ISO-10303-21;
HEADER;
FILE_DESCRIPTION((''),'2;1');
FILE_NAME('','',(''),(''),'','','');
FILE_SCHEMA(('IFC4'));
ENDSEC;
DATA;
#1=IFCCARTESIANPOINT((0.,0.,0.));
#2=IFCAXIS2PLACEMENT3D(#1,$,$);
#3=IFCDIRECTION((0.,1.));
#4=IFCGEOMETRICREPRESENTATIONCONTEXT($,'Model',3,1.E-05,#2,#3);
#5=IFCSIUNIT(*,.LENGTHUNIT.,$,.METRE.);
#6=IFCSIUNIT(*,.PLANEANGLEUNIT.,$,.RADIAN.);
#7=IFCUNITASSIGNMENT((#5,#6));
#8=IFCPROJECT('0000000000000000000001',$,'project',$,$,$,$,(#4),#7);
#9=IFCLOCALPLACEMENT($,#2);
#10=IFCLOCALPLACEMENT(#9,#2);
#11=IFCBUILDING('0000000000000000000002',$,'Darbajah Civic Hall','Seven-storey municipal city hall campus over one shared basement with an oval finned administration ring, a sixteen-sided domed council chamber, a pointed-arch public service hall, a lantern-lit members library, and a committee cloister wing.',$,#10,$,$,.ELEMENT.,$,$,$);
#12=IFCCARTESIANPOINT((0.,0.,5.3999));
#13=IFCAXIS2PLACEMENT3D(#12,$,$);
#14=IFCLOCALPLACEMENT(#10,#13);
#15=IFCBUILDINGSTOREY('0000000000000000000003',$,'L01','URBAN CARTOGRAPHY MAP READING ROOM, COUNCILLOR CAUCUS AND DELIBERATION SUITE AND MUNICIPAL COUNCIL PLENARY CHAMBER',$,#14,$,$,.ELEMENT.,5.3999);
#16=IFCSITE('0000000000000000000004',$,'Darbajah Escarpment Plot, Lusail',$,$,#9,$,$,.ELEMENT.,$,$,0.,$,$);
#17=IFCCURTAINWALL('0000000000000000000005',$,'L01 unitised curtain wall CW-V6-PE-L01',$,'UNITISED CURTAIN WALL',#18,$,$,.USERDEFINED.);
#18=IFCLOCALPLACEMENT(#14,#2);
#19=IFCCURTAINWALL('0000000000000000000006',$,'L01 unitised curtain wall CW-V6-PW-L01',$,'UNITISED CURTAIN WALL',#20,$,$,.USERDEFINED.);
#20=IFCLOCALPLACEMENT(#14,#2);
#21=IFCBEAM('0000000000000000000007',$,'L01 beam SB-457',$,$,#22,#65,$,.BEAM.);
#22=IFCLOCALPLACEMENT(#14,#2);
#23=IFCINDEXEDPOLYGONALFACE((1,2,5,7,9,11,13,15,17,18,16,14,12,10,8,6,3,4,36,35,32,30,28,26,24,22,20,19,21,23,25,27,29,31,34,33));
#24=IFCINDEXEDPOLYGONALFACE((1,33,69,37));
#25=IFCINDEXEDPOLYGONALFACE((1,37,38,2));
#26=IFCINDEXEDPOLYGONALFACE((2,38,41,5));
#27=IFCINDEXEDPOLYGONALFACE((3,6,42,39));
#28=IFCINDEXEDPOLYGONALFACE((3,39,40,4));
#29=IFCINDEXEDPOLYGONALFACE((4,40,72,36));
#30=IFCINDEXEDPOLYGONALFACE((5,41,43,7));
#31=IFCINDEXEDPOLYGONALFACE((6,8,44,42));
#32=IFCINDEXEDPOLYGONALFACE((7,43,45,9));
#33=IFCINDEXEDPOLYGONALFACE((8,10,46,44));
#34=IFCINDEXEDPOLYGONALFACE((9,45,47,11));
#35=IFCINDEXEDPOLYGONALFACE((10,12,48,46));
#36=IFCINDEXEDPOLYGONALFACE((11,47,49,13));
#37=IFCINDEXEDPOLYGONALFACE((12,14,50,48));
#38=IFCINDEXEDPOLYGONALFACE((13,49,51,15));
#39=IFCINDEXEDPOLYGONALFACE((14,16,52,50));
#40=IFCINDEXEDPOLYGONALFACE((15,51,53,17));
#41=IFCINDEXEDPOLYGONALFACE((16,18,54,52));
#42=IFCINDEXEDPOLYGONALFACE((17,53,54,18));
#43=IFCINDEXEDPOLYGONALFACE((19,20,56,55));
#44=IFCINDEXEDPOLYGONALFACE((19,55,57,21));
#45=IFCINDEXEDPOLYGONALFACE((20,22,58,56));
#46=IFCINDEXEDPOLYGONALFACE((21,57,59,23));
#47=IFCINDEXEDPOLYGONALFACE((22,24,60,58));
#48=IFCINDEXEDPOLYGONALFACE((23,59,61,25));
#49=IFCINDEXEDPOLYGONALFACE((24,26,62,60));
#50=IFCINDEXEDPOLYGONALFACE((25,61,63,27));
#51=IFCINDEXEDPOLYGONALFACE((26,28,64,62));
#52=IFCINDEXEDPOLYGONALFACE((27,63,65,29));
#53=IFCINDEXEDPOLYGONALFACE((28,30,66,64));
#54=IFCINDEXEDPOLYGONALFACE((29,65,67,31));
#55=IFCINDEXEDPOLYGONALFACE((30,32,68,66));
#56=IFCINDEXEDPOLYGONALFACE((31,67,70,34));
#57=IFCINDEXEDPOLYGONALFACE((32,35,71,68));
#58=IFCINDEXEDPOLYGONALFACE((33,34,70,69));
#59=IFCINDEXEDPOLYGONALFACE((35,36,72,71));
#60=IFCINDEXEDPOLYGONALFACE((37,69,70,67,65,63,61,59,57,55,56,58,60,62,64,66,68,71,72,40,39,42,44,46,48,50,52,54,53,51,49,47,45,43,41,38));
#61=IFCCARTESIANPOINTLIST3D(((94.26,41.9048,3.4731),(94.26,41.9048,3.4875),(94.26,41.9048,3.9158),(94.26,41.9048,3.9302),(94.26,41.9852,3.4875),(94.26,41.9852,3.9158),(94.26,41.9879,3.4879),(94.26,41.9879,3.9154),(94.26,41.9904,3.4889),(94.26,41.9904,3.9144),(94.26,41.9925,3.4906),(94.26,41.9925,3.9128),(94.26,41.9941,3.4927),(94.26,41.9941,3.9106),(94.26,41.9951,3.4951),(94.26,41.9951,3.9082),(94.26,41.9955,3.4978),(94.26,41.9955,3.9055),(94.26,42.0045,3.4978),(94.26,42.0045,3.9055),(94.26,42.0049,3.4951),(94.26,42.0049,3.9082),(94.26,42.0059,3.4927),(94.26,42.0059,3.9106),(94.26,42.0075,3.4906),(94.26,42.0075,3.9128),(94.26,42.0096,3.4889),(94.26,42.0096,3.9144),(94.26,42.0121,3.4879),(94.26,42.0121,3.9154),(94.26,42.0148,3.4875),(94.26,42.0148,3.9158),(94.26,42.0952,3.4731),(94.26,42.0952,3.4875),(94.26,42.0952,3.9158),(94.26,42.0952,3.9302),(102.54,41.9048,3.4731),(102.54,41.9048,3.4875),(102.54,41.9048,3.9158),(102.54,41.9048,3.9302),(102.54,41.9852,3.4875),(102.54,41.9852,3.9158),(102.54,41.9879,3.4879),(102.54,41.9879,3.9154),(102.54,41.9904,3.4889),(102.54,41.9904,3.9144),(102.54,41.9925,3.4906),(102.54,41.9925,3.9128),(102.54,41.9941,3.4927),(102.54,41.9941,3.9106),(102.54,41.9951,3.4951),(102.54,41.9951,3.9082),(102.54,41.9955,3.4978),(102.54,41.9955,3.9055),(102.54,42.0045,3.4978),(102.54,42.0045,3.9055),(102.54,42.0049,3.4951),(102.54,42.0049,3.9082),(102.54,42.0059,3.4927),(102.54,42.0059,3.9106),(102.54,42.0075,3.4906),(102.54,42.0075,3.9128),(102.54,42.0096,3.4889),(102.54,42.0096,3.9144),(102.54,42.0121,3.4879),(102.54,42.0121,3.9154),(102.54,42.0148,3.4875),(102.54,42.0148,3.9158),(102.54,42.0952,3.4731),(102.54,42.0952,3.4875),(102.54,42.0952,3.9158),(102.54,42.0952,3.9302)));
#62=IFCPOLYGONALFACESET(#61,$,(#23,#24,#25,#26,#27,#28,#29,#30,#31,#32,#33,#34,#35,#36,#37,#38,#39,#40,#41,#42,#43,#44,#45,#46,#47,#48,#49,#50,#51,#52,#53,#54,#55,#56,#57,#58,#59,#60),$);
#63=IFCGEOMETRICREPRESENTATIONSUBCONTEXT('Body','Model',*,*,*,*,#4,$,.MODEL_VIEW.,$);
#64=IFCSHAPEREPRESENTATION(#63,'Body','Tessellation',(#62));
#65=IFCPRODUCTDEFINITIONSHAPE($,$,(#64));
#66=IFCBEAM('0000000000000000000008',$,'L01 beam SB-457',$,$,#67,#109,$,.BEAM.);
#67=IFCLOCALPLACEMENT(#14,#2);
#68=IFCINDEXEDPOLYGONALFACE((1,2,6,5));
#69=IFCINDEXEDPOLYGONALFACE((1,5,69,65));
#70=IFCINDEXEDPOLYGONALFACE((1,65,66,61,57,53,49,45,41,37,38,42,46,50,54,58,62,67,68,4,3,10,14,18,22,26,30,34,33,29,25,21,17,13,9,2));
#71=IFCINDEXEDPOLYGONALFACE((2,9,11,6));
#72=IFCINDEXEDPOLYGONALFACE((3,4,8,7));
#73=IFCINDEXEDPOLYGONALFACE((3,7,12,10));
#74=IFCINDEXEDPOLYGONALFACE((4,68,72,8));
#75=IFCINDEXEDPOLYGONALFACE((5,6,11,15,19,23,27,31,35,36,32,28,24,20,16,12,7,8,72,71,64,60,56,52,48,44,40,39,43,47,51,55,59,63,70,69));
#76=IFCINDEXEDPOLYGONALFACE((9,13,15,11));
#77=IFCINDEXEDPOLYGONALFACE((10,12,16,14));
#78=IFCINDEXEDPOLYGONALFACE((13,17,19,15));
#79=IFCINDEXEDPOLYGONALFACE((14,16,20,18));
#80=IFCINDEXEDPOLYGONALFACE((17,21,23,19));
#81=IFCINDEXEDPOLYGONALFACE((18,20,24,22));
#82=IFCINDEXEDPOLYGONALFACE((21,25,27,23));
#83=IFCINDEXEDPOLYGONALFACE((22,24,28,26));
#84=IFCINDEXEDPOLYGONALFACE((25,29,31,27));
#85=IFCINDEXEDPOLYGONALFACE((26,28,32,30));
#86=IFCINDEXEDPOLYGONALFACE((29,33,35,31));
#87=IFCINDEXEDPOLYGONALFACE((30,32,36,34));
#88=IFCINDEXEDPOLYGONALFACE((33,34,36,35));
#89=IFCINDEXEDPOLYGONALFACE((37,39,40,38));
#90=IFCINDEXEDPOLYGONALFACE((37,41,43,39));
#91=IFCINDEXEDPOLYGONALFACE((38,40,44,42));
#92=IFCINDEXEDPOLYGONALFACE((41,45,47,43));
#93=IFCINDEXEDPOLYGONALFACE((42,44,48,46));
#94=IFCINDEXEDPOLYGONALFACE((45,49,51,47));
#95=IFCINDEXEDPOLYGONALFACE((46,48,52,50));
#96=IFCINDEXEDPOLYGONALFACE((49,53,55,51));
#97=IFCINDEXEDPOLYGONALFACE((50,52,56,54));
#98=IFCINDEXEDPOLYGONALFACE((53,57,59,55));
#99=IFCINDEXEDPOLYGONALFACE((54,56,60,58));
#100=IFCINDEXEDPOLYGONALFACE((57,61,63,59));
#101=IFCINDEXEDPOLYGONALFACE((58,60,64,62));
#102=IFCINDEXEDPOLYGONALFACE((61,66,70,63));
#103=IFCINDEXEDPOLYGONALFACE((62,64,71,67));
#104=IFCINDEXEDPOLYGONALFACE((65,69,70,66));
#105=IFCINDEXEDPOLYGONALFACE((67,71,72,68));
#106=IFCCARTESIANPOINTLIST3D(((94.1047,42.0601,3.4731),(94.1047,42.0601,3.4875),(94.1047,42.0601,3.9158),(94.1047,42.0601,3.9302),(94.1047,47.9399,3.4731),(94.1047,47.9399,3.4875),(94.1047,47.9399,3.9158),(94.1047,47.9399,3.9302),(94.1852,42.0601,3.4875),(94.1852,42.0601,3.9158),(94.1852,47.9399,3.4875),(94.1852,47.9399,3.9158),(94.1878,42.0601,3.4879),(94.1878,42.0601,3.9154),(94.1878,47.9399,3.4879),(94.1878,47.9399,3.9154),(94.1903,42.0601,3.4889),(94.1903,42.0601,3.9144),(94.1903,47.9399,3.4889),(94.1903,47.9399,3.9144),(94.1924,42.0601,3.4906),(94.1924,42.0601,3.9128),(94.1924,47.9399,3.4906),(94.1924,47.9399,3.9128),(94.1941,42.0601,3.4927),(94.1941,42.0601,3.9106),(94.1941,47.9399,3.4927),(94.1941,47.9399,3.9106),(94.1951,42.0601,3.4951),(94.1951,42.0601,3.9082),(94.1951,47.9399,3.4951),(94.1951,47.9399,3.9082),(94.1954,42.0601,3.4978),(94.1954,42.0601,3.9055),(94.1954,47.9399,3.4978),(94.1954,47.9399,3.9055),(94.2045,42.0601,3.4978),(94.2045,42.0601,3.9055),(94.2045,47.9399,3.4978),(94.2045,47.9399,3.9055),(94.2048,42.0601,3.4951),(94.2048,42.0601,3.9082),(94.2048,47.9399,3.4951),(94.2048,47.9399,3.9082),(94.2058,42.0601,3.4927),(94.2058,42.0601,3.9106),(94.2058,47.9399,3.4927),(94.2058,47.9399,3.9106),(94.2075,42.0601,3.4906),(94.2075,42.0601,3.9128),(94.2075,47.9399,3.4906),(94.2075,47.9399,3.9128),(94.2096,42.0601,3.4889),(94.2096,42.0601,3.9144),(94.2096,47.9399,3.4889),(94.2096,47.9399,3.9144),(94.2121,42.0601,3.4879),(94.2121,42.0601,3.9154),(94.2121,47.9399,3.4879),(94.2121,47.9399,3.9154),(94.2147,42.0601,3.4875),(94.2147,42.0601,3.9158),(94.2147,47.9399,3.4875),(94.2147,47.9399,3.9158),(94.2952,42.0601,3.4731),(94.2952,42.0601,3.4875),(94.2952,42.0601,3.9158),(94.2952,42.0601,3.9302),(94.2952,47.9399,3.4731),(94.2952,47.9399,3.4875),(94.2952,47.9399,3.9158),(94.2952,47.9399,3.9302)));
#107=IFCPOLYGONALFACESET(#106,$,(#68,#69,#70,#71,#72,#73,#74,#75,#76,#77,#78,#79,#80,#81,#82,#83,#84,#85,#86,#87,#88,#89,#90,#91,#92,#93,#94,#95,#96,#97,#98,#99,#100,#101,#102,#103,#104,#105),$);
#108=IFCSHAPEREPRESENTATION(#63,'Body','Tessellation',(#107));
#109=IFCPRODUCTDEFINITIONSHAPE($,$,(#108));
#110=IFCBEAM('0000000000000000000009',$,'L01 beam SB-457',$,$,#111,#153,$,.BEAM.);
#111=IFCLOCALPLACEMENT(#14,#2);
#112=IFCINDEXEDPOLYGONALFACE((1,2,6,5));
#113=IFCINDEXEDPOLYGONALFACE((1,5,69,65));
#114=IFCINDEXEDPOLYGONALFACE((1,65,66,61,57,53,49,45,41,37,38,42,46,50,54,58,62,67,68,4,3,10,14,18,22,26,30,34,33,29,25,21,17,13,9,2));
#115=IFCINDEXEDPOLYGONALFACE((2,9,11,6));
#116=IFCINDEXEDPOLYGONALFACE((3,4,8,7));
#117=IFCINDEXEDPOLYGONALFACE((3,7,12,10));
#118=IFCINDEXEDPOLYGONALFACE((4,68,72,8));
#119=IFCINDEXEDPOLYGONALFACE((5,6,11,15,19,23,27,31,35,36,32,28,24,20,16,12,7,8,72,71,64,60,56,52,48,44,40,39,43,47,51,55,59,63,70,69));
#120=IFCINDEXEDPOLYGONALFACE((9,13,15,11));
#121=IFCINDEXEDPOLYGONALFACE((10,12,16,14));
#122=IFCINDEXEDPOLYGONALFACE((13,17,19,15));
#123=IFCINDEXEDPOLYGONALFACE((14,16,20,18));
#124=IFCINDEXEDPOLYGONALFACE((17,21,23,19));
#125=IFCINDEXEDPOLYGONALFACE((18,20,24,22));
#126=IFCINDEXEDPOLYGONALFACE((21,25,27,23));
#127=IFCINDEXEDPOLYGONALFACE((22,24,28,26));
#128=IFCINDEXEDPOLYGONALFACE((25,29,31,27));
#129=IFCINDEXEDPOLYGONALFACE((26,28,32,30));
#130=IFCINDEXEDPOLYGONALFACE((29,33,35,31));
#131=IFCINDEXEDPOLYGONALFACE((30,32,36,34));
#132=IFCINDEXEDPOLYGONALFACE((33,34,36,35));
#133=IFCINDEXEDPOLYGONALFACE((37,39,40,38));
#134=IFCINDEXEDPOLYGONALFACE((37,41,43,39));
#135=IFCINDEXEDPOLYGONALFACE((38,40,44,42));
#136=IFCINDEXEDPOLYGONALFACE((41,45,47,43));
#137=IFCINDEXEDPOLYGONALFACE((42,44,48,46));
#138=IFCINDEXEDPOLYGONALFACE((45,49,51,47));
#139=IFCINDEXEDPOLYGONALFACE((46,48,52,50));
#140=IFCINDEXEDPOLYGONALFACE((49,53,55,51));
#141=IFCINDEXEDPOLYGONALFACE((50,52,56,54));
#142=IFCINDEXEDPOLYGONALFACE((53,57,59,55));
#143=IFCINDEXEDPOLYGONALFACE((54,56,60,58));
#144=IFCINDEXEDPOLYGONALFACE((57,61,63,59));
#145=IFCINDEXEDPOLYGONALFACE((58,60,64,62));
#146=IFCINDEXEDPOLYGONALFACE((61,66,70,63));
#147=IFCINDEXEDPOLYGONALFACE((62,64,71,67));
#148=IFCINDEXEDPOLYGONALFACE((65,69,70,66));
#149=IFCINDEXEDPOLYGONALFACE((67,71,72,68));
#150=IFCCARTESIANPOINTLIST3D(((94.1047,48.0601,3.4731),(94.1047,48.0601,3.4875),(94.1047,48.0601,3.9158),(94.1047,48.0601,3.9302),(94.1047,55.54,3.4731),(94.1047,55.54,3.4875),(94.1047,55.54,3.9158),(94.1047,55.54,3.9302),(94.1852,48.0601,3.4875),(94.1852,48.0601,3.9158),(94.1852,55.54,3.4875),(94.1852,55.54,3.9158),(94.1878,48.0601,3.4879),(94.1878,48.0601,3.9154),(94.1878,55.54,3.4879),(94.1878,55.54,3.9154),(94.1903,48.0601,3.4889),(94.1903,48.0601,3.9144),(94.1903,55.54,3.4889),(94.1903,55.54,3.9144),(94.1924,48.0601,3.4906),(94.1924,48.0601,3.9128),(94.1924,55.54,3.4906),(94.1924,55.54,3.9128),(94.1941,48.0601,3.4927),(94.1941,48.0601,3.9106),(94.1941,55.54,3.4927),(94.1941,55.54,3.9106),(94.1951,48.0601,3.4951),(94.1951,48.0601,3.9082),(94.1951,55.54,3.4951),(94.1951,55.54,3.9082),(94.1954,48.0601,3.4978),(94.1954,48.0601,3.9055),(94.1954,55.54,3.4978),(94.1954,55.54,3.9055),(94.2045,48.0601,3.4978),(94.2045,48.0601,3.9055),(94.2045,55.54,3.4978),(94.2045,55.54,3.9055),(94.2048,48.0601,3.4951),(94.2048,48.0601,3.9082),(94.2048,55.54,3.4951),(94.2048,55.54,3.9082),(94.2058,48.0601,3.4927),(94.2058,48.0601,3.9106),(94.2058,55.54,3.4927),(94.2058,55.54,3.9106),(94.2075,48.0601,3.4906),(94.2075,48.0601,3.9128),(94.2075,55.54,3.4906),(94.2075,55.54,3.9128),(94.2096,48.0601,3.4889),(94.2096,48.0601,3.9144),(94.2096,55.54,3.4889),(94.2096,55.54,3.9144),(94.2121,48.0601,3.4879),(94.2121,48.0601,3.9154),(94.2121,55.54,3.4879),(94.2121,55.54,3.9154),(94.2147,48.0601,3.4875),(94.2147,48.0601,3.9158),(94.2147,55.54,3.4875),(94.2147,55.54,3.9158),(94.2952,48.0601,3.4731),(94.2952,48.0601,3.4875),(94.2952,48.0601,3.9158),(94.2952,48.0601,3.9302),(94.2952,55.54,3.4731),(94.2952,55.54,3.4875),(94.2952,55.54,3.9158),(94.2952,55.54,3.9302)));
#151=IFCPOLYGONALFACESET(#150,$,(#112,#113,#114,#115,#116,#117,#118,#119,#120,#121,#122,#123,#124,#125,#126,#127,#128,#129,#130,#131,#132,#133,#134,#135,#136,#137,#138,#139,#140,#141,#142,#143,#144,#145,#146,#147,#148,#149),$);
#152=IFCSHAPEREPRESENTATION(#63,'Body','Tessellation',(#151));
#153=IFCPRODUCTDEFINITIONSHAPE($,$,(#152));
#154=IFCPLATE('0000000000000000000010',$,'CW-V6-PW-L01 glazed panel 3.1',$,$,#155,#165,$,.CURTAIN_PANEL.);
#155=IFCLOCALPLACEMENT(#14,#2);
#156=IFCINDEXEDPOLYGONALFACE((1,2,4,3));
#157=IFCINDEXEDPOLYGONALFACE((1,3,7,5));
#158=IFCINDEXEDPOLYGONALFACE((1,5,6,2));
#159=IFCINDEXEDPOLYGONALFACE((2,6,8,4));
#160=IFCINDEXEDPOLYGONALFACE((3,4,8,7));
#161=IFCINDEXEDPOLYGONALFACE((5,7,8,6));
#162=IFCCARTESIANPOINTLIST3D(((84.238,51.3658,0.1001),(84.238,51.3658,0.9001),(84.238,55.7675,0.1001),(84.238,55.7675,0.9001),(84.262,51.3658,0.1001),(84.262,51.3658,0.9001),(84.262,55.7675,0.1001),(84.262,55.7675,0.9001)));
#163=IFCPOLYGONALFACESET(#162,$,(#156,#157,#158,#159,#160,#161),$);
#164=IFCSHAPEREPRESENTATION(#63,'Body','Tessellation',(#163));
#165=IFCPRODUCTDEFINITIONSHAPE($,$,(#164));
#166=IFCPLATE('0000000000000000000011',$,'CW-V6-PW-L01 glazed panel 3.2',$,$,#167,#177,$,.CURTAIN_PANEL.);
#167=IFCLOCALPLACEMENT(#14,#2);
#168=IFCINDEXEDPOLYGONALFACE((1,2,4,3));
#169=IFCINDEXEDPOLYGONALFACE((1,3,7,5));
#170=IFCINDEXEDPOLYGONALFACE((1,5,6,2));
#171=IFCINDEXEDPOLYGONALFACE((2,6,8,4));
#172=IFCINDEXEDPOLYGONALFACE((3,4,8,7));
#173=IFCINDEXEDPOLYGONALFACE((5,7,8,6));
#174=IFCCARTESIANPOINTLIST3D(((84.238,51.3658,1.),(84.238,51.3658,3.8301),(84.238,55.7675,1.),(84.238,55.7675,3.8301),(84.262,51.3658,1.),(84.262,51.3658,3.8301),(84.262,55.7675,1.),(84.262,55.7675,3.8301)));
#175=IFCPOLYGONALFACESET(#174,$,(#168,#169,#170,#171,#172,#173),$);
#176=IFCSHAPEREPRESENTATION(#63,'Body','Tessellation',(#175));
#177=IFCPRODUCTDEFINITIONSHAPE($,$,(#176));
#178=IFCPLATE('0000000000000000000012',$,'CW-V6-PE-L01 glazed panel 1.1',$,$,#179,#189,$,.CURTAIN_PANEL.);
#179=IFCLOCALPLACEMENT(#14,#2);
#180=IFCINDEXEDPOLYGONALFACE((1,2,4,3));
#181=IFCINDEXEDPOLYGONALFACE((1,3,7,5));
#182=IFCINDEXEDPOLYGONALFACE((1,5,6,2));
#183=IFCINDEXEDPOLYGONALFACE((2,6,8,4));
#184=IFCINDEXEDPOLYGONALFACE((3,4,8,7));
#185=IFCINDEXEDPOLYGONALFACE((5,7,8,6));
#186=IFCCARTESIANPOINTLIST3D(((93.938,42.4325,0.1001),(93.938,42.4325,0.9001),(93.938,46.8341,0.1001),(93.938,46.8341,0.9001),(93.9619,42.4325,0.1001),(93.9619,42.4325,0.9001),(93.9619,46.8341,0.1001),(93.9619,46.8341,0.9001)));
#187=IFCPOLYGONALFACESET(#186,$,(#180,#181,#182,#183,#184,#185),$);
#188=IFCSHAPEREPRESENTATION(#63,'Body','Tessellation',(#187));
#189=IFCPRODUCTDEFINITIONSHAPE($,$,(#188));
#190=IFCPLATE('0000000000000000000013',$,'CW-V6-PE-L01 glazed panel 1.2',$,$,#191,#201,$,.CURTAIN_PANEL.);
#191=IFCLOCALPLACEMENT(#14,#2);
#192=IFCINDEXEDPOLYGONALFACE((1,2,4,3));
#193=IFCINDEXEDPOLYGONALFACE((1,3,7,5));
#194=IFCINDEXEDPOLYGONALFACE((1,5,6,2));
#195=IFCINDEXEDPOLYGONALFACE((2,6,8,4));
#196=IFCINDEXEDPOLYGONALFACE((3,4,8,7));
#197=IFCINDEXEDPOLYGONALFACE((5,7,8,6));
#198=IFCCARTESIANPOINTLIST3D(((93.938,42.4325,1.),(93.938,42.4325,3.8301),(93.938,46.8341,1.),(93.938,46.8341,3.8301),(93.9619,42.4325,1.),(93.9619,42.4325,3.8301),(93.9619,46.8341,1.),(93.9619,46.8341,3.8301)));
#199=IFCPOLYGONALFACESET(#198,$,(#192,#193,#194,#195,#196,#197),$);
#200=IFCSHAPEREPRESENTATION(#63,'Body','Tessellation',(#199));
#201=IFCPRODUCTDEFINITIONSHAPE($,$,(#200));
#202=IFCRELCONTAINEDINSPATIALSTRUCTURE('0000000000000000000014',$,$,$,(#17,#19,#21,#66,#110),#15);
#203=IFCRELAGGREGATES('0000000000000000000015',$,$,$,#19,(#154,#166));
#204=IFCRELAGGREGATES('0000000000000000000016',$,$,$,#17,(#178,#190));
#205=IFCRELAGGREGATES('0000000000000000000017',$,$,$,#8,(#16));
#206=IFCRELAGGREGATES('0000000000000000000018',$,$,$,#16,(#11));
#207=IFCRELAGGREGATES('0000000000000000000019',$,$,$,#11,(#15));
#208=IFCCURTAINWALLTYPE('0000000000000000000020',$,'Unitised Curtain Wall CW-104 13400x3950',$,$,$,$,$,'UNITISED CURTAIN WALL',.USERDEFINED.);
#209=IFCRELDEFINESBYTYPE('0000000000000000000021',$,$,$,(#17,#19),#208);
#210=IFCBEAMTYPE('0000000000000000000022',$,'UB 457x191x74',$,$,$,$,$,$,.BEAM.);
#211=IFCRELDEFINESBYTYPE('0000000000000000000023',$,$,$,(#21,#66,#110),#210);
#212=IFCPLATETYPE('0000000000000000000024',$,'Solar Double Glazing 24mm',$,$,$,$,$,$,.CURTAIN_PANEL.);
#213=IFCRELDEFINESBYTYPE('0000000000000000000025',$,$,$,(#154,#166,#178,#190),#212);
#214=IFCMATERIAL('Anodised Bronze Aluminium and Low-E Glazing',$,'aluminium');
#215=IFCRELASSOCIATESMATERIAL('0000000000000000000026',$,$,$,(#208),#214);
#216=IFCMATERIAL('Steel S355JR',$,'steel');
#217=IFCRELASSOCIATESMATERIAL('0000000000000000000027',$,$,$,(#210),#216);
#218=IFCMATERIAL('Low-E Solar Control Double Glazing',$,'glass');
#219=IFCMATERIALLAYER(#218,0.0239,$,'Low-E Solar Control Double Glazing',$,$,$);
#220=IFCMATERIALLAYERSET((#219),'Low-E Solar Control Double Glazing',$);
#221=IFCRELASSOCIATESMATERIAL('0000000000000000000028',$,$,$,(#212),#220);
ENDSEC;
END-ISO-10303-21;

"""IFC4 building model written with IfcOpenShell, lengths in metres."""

from ifc_helpers import new_model, si_unit, direction, frame, origin, origin_2d, place, context, subcontext, project, spatial, rectangle, i_section, extrude, material, layer, layer_set, material_profile, profile_set, type_object, element, aggregate, save


model = new_model("IFC4")

# Units and contexts
model_context = context("Model", 3, precision=1e-05, world=origin(), true_north=direction((0.0, 1.0)))
body_context = subcontext(model_context, "Body", "Model", "MODEL_VIEW")
ifc_project = project(units=[si_unit("LENGTHUNIT", "METRE"), si_unit("PLANEANGLEUNIT", "RADIAN")], contexts=[model_context])

# Site, building, storey
site_placement = place(None, origin())
site = spatial("IfcSite", under=ifc_project, at=site_placement, Name="Darbajah Escarpment Plot, Lusail", CompositionType="ELEMENT", RefElevation=0.0)
building_placement = place(site_placement, origin())
building = spatial("IfcBuilding", under=site, at=building_placement, Name="Darbajah Civic Hall", Description="Seven-storey municipal city hall campus over one shared basement with an oval finned administration ring, a sixteen-sided domed council chamber, a pointed-arch public service hall, a lantern-lit members library, and a committee cloister wing.", CompositionType="ELEMENT")
storey_placement = place(building_placement, frame((0.0, 0.0, 5.3999)))
storey = spatial("IfcBuildingStorey", under=building, at=storey_placement, Name="L01", Description="URBAN CARTOGRAPHY MAP READING ROOM, COUNCILLOR CAUCUS AND DELIBERATION SUITE AND MUNICIPAL COUNCIL PLENARY CHAMBER", CompositionType="ELEMENT", Elevation=5.3999)

# Shared definitions
ifc_material_1 = material(Name="Steel S355JR", Category="steel")

# Curtain wall
ifc_material_2 = material(Name="Anodised Bronze Aluminium and Low-E Glazing", Category="aluminium")
curtain_wall_type = type_object("IfcCurtainWallType", Name="Unitised Curtain Wall CW-104 13400x3950", ElementType="UNITISED CURTAIN WALL", PredefinedType="USERDEFINED", material=ifc_material_2)
curtain_wall_1_placement = place(storey_placement, origin())
curtain_wall_1 = element("IfcCurtainWall", 1, at=curtain_wall_1_placement, inside=storey, type_object=curtain_wall_type, Name="L01 unitised curtain wall CW-V6-PE-L01", ObjectType="UNITISED CURTAIN WALL", PredefinedType="USERDEFINED")

# Curtain wall
curtain_wall_2_placement = place(storey_placement, origin())
curtain_wall_2 = element("IfcCurtainWall", 2, at=curtain_wall_2_placement, inside=storey, type_object=curtain_wall_type, Name="L01 unitised curtain wall CW-V6-PW-L01", ObjectType="UNITISED CURTAIN WALL", PredefinedType="USERDEFINED")

# Beams
ifc_material_profile_1 = material_profile(ifc_material_1, i_section(OverallWidth=0.1904, OverallDepth=0.457, WebThickness=0.009, FlangeThickness=0.0144, FilletRadius=0.0103, at=origin_2d()), Name="UB 457x191x74")
ifc_profile_set_1 = profile_set([ifc_material_profile_1], Name="Steel S355JR")
beam_type = type_object("IfcBeamType", Name="UB 457x191x74", PredefinedType="BEAM", material=ifc_profile_set_1)
beam_1_placement = place(storey_placement, frame((94.26, 42.0, 3.7017), z_axis=(1.0, 0.0, 0.0), x_axis=(0.0, 1.0, 0.0)))
element("IfcBeam", 3, at=beam_1_placement, inside=storey, type_object=beam_type, Name="L01 beam SB-457", PredefinedType="BEAM", context=body_context, shape_type="SweptSolid", body=[
    extrude(i_section(OverallWidth=0.1904, OverallDepth=0.457, WebThickness=0.009, FlangeThickness=0.0144, FilletRadius=0.0103, at=origin_2d()), origin(), (0.0, 0.0, 1.0), 8.28),
])
beam_2_placement = place(storey_placement, frame((94.2, 42.0601, 3.7017), z_axis=(0.0, 1.0, 0.0), x_axis=(-1.0, 0.0, 0.0)))
element("IfcBeam", 4, at=beam_2_placement, inside=storey, type_object=beam_type, Name="L01 beam SB-457", PredefinedType="BEAM", context=body_context, shape_type="SweptSolid", body=[
    extrude(i_section(OverallWidth=0.1904, OverallDepth=0.457, WebThickness=0.009, FlangeThickness=0.0144, FilletRadius=0.0103, at=origin_2d()), origin(), (0.0, 0.0, 1.0), 5.8799),
])
beam_3_placement = place(storey_placement, frame((94.2, 48.0601, 3.7017), z_axis=(0.0, 1.0, 0.0), x_axis=(-1.0, 0.0, 0.0)))
element("IfcBeam", 5, at=beam_3_placement, inside=storey, type_object=beam_type, Name="L01 beam SB-457", PredefinedType="BEAM", context=body_context, shape_type="SweptSolid", body=[
    extrude(i_section(OverallWidth=0.1904, OverallDepth=0.457, WebThickness=0.009, FlangeThickness=0.0144, FilletRadius=0.0103, at=origin_2d()), origin(), (0.0, 0.0, 1.0), 7.48),
])

# Plates
ifc_material_3 = material(Name="Low-E Solar Control Double Glazing", Category="glass")
ifc_layer_1 = layer(ifc_material_3, 0.0239, Name="Low-E Solar Control Double Glazing")
ifc_layer_set_1 = layer_set([ifc_layer_1], Name="Low-E Solar Control Double Glazing")
plate_type = type_object("IfcPlateType", Name="Solar Double Glazing 24mm", PredefinedType="CURTAIN_PANEL", material=ifc_layer_set_1)
plate_1_placement = place(storey_placement, frame((84.25, 53.5667, 0.1001), z_axis=(0.0, 0.0, 1.0), x_axis=(0.0, 1.0, 0.0)))
plate_1 = element("IfcPlate", 6, at=plate_1_placement, type_object=plate_type, Name="CW-V6-PW-L01 glazed panel 3.1", PredefinedType="CURTAIN_PANEL", context=body_context, shape_type="SweptSolid", body=[
    extrude(rectangle(XDim=4.4016, YDim=0.0239, at=origin_2d()), origin(), (0.0, 0.0, 1.0), 0.8),
])
plate_2_placement = place(storey_placement, frame((84.25, 53.5667, 1.0), z_axis=(0.0, 0.0, 1.0), x_axis=(0.0, 1.0, 0.0)))
plate_2 = element("IfcPlate", 7, at=plate_2_placement, type_object=plate_type, Name="CW-V6-PW-L01 glazed panel 3.2", PredefinedType="CURTAIN_PANEL", context=body_context, shape_type="SweptSolid", body=[
    extrude(rectangle(XDim=4.4016, YDim=0.0239, at=origin_2d()), origin(), (0.0, 0.0, 1.0), 2.8301),
])
aggregate(curtain_wall_2, [plate_1, plate_2])
plate_3_placement = place(storey_placement, frame((93.95, 44.6333, 0.1001), z_axis=(0.0, 0.0, 1.0), x_axis=(0.0, 1.0, 0.0)))
plate_3 = element("IfcPlate", 8, at=plate_3_placement, type_object=plate_type, Name="CW-V6-PE-L01 glazed panel 1.1", PredefinedType="CURTAIN_PANEL", context=body_context, shape_type="SweptSolid", body=[
    extrude(rectangle(XDim=4.4016, YDim=0.0239, at=origin_2d()), origin(), (0.0, 0.0, 1.0), 0.8),
])
plate_4_placement = place(storey_placement, frame((93.95, 44.6333, 1.0), z_axis=(0.0, 0.0, 1.0), x_axis=(0.0, 1.0, 0.0)))
plate_4 = element("IfcPlate", 9, at=plate_4_placement, type_object=plate_type, Name="CW-V6-PE-L01 glazed panel 1.2", PredefinedType="CURTAIN_PANEL", context=body_context, shape_type="SweptSolid", body=[
    extrude(rectangle(XDim=4.4016, YDim=0.0239, at=origin_2d()), origin(), (0.0, 0.0, 1.0), 2.8301),
])
aggregate(curtain_wall_1, [plate_3, plate_4])

save(model, "model.ifc")
